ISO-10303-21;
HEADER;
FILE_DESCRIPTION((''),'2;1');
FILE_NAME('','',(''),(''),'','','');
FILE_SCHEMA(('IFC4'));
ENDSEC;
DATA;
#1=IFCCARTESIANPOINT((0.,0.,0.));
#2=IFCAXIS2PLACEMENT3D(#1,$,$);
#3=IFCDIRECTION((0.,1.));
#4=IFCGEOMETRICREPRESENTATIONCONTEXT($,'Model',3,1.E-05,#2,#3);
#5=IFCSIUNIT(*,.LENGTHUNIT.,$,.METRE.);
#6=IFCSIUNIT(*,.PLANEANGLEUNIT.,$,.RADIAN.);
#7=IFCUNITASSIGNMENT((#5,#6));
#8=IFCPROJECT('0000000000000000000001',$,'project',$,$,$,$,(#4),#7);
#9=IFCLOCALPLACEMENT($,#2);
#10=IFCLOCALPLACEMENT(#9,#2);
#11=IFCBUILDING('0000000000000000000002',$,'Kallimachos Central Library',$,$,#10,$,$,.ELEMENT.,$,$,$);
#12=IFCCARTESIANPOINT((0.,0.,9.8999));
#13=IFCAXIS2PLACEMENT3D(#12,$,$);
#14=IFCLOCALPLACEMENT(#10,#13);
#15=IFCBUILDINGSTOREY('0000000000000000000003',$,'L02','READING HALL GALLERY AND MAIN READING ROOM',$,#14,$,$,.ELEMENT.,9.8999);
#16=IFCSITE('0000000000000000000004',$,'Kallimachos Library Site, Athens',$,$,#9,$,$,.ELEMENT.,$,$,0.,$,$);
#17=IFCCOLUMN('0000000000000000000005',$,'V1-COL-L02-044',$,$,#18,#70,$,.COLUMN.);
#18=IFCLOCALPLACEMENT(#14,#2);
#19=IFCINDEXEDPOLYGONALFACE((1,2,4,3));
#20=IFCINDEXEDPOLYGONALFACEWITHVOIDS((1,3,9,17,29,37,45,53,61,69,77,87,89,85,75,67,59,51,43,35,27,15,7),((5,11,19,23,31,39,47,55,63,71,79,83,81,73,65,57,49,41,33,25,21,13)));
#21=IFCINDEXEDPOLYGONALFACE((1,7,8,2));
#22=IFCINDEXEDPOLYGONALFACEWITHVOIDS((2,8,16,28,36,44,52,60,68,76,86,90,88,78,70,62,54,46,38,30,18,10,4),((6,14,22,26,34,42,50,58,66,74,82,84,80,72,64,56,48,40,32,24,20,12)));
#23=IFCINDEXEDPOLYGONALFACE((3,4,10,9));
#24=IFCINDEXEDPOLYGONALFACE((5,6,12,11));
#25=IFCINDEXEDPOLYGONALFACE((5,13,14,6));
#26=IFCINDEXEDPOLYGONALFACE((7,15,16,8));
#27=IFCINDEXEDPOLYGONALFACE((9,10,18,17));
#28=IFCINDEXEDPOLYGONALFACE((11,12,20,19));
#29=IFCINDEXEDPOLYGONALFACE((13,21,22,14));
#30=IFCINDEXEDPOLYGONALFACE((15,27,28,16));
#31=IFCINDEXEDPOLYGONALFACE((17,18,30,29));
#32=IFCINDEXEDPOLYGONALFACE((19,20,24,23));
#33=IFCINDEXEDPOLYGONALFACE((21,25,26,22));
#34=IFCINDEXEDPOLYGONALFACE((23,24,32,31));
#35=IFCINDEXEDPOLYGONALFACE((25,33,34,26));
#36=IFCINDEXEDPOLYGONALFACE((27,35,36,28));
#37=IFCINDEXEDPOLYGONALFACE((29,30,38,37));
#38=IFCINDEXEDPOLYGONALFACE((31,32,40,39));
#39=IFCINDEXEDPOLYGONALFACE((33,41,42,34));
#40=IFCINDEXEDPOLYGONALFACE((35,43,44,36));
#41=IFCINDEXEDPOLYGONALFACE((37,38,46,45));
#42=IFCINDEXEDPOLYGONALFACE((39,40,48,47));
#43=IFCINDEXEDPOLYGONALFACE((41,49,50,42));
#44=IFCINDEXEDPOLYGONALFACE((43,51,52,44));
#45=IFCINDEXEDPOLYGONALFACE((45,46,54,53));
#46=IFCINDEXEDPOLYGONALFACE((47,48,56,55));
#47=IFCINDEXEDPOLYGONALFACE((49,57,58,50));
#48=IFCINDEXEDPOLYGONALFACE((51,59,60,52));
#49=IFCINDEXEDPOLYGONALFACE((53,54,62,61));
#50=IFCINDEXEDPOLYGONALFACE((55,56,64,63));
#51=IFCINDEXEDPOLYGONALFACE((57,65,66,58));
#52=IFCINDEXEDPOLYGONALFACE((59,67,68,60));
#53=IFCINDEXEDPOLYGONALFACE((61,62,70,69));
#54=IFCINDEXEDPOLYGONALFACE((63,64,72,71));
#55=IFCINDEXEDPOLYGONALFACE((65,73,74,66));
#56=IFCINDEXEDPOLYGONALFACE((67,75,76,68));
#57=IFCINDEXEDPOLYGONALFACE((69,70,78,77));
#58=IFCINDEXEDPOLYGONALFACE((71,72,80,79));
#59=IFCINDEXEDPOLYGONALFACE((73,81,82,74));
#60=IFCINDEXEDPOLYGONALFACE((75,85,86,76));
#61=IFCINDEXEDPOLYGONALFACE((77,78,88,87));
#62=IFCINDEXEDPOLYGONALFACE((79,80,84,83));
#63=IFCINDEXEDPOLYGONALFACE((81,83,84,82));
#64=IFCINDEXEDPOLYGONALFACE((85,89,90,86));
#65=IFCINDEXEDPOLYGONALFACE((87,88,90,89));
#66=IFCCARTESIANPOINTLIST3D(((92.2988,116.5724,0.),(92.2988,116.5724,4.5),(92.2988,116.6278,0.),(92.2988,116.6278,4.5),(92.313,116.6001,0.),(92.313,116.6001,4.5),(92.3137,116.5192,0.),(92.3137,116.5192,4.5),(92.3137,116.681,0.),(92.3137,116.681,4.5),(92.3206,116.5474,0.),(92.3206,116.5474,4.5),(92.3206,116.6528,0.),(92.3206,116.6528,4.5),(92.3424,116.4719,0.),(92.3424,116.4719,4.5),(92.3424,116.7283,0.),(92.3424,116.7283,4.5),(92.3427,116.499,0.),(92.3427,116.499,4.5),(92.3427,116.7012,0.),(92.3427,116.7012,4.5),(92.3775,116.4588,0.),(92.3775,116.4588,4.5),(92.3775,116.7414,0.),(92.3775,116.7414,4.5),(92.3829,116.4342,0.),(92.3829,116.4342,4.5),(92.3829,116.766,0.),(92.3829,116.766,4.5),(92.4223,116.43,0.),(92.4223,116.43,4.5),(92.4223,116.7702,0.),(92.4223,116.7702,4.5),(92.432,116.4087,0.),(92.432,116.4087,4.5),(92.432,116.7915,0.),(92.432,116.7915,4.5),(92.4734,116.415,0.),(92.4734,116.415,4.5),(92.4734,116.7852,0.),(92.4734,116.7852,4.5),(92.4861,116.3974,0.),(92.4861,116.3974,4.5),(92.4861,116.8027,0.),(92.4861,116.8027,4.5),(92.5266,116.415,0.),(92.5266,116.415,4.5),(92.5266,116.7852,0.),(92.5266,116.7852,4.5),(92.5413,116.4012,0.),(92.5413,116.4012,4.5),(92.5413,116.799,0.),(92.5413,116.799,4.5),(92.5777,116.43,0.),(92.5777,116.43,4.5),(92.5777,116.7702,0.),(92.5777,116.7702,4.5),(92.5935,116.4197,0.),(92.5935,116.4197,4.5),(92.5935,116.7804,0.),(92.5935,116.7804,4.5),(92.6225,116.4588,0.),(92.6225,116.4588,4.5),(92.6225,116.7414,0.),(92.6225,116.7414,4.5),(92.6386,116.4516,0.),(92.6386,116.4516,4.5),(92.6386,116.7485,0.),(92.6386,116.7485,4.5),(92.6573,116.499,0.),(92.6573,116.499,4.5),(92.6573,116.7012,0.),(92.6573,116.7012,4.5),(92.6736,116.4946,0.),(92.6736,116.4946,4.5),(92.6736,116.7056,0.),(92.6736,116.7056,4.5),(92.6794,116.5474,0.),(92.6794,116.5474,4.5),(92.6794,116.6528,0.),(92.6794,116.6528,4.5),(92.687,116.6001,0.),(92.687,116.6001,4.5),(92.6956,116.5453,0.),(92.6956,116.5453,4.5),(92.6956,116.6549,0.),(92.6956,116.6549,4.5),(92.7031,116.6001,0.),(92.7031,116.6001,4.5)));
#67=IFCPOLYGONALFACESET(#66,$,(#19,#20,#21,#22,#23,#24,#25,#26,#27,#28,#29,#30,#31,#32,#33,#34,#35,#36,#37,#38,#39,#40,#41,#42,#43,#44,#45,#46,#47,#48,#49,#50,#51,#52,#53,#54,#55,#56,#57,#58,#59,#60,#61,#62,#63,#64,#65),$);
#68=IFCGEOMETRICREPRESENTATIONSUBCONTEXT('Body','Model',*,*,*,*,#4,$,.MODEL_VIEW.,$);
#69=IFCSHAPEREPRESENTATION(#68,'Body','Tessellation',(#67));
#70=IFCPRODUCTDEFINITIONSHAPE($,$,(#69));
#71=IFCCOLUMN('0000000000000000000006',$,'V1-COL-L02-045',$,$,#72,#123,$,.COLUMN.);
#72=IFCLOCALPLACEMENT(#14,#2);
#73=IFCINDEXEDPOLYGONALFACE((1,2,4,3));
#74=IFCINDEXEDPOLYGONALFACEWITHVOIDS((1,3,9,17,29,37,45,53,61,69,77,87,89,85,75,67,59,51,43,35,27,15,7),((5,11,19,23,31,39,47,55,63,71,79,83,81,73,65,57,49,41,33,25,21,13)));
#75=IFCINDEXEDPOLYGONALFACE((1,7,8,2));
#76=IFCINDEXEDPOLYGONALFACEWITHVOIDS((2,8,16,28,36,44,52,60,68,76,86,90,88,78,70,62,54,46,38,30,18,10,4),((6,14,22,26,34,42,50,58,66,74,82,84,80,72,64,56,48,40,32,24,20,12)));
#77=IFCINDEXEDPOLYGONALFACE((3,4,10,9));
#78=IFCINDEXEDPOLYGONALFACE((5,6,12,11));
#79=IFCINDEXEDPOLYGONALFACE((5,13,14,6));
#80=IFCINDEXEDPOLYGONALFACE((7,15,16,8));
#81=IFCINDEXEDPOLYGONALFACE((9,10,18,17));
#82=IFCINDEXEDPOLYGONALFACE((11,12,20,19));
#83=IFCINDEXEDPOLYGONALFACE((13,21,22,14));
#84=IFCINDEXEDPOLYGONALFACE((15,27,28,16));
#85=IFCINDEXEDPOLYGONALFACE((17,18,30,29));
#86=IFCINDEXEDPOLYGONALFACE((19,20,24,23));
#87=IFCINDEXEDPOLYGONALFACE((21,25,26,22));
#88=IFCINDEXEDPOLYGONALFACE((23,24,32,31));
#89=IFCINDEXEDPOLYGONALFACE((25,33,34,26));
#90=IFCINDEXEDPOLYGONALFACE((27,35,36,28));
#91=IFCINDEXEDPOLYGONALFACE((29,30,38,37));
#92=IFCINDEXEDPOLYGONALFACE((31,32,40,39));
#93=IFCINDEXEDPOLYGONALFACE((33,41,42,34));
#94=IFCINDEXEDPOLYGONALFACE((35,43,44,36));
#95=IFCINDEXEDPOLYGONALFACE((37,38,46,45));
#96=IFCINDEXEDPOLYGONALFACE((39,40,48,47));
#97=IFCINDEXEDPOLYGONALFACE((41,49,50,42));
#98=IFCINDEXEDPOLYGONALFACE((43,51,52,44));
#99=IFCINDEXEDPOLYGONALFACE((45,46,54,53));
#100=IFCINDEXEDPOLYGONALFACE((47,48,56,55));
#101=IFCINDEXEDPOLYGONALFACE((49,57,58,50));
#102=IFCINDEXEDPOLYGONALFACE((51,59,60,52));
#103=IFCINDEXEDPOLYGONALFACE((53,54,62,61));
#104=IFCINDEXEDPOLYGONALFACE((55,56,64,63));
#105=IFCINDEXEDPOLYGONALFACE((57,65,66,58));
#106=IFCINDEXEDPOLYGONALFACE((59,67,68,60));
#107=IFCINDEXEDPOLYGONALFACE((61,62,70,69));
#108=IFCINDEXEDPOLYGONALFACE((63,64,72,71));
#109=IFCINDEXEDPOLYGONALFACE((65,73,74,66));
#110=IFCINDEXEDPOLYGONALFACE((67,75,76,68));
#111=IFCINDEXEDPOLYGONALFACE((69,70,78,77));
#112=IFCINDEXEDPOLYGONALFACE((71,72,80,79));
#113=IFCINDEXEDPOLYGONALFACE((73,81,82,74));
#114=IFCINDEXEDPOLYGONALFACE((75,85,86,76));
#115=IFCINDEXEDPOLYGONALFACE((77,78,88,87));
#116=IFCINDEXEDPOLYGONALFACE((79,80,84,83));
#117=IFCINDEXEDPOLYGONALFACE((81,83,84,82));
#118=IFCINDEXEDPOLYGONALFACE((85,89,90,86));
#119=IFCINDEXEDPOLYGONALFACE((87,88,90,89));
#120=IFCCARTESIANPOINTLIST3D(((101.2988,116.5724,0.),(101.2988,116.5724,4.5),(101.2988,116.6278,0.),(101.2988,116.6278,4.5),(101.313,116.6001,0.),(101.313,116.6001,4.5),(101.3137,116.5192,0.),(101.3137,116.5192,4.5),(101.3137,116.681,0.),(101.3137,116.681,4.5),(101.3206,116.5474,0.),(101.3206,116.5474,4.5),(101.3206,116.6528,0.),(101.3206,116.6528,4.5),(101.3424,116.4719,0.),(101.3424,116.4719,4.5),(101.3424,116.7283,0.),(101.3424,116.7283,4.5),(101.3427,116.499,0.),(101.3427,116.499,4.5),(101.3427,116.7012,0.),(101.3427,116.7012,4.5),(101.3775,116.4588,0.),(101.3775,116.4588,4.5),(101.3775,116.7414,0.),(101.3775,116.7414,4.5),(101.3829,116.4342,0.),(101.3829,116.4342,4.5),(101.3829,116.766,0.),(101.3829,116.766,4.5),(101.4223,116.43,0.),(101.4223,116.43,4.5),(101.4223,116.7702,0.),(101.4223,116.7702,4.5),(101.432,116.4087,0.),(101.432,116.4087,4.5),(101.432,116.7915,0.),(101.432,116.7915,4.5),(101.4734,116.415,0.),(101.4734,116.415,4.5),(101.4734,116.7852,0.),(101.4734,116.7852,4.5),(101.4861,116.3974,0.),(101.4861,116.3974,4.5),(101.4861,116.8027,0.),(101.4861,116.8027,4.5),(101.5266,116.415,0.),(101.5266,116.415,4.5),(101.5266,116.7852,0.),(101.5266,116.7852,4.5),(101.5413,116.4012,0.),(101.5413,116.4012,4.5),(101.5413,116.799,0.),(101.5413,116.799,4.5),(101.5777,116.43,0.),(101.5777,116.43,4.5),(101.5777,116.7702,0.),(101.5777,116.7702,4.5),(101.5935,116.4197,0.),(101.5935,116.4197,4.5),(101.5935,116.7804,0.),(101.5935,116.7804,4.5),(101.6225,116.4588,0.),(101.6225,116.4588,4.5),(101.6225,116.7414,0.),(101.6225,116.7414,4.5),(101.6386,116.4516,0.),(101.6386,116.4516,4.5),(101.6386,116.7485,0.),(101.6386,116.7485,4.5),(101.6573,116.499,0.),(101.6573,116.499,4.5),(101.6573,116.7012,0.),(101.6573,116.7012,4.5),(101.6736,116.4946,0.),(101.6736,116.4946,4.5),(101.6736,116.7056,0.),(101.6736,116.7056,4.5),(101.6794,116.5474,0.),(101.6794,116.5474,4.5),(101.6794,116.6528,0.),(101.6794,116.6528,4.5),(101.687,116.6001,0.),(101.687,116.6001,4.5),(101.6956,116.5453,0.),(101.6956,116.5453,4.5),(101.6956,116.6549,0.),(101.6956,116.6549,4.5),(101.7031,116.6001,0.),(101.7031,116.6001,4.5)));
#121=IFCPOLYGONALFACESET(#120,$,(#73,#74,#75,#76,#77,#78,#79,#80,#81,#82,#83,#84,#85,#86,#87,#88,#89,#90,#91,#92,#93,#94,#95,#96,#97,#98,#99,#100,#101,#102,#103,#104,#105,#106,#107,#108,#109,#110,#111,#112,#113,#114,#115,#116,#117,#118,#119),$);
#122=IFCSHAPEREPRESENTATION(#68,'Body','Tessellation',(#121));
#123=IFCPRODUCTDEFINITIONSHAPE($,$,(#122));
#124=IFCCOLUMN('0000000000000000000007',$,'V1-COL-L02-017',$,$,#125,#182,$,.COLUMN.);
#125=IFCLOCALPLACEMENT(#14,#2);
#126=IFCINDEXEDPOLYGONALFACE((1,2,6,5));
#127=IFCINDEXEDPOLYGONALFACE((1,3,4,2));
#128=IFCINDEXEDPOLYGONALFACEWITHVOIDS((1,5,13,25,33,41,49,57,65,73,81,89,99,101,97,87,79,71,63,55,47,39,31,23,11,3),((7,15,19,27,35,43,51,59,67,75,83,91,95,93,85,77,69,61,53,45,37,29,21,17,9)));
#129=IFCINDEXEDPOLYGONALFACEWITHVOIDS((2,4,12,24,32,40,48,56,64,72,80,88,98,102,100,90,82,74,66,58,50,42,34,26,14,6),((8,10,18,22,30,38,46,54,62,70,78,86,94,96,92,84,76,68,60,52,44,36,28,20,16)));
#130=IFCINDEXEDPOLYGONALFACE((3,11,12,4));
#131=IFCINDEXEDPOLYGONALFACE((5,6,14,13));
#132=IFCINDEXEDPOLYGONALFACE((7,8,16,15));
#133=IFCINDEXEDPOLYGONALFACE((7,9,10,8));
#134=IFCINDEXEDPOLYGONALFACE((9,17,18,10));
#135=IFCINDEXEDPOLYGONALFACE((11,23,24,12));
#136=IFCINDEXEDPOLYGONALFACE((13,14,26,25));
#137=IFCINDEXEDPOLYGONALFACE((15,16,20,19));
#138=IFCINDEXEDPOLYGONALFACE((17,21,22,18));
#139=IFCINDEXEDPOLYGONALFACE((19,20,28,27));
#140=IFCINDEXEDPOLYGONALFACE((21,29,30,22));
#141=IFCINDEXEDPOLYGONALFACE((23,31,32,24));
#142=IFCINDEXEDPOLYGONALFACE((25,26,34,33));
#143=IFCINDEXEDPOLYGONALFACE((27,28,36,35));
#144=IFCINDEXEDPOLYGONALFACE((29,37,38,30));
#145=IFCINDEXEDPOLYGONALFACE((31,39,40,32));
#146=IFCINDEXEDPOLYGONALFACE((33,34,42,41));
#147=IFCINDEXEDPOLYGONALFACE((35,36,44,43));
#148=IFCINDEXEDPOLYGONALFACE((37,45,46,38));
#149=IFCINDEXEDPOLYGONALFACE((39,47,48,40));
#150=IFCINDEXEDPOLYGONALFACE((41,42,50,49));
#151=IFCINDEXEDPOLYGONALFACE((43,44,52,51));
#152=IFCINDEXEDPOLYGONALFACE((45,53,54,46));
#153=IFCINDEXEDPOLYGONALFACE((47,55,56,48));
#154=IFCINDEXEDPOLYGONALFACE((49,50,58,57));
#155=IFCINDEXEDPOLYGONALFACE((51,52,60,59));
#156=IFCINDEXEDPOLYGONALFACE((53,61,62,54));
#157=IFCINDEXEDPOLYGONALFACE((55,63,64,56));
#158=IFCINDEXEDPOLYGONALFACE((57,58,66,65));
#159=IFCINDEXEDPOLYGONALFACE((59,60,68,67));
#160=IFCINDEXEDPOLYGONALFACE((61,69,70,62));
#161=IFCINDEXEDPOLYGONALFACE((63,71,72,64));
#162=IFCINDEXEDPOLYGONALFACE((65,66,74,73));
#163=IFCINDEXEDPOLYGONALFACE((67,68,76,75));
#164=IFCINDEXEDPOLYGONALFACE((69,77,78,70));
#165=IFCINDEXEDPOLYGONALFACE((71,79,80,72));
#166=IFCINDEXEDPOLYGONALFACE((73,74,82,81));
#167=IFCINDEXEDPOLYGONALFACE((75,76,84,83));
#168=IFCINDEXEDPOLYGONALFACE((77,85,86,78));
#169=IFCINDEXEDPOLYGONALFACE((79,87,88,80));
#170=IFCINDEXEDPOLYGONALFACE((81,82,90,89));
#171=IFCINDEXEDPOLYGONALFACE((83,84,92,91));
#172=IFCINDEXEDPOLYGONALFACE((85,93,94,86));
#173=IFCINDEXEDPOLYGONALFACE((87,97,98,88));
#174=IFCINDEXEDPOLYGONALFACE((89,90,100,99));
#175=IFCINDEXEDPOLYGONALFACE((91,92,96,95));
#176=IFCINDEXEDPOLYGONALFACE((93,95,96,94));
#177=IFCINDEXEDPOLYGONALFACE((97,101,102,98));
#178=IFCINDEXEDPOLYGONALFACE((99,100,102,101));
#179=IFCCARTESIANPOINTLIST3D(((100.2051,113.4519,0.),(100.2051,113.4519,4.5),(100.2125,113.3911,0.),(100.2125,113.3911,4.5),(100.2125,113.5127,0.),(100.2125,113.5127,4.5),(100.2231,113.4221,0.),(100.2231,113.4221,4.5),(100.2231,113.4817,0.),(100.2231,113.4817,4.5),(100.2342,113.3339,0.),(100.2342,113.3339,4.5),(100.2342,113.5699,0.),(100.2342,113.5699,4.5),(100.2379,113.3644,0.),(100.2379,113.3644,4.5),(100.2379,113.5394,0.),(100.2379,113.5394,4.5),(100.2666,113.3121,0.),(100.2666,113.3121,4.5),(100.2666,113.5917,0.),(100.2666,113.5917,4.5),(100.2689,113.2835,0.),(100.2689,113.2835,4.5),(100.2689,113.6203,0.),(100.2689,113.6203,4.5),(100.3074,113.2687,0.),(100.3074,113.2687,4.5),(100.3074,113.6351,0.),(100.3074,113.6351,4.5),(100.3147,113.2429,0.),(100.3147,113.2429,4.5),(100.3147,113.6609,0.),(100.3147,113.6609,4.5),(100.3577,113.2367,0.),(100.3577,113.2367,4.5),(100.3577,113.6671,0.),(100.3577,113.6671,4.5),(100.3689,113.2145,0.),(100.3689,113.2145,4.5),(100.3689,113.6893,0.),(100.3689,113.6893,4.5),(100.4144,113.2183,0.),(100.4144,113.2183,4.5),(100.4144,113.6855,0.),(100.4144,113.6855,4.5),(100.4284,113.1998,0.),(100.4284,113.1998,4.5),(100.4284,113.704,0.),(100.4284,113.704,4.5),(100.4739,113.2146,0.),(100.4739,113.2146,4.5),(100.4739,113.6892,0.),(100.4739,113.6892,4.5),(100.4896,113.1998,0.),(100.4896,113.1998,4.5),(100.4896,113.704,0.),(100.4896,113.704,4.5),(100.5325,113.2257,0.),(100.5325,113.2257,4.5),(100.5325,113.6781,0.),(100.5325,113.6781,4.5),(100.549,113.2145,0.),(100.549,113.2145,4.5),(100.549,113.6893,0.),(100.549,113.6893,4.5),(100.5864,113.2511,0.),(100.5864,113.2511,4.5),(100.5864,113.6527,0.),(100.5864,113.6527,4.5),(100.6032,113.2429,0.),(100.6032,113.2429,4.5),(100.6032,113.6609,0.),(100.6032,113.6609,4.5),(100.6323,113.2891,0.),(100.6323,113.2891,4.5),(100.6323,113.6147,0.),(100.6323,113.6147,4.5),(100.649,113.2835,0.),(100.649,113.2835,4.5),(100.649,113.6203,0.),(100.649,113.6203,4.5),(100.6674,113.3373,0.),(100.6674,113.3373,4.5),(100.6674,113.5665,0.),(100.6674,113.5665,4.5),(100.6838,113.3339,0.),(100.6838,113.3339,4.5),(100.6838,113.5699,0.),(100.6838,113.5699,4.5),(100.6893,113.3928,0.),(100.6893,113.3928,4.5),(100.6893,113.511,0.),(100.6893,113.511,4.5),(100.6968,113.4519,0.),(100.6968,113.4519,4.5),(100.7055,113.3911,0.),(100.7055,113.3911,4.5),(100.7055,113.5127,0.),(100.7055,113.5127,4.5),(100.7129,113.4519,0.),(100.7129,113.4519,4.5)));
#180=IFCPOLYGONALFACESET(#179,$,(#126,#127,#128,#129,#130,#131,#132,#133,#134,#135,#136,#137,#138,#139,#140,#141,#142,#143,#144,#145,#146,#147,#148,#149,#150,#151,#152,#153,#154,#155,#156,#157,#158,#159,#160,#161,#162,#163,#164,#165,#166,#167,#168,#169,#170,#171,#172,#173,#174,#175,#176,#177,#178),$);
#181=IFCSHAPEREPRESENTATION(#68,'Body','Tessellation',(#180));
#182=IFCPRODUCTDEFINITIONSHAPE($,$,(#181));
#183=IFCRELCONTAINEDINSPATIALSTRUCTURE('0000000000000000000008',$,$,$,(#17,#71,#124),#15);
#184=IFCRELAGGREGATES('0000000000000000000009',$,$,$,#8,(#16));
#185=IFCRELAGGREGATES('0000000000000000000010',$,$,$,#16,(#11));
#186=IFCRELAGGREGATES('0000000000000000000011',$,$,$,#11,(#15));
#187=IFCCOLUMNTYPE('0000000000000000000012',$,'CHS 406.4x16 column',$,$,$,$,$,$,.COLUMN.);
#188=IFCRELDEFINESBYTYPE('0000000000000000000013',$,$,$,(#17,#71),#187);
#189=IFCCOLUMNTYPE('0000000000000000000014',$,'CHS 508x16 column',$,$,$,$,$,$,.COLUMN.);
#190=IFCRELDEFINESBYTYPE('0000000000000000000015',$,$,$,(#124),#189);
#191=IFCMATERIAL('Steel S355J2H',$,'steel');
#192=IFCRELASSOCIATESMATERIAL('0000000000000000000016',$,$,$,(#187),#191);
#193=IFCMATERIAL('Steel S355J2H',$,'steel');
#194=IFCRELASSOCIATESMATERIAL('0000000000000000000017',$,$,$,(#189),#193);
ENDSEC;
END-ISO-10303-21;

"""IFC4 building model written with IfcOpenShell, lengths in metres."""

from ifc_helpers import new_model, si_unit, direction, frame, origin, origin_2d, place, context, subcontext, project, spatial, hollow_circle, extrude, material, material_profile, profile_set, type_object, element, save


model = new_model("IFC4")

# Units and contexts
model_context = context("Model", 3, precision=1e-05, world=origin(), true_north=direction((0.0, 1.0)))
body_context = subcontext(model_context, "Body", "Model", "MODEL_VIEW")
ifc_project = project(units=[si_unit("LENGTHUNIT", "METRE"), si_unit("PLANEANGLEUNIT", "RADIAN")], contexts=[model_context])

# Site, building, storey
site_placement = place(None, origin())
site = spatial("IfcSite", under=ifc_project, at=site_placement, Name="Kallimachos Library Site, Athens", CompositionType="ELEMENT", RefElevation=0.0)
building_placement = place(site_placement, origin())
building = spatial("IfcBuilding", under=site, at=building_placement, Name="Kallimachos Central Library", CompositionType="ELEMENT")
storey_placement = place(building_placement, frame((0.0, 0.0, 9.8999)))
storey = spatial("IfcBuildingStorey", under=building, at=storey_placement, Name="L02", Description="READING HALL GALLERY AND MAIN READING ROOM", CompositionType="ELEMENT", Elevation=9.8999)

# Columns
ifc_material_1 = material(Name="Steel S355J2H", Category="steel")
ifc_material_profile_1 = material_profile(ifc_material_1, hollow_circle(Radius=0.2031, WallThickness=0.0161, at=origin_2d()), Name="CHS 406.4x16")
ifc_profile_set_1 = profile_set([ifc_material_profile_1], Name="Steel S355J2H")
column_type_1 = type_object("IfcColumnType", Name="CHS 406.4x16 column", PredefinedType="COLUMN", material=ifc_profile_set_1)
for number, where, z_axis, x_axis, name in (
    (1, (92.5, 116.6001, 0.0), (0.0, 0.0, 1.0), (1.0, 0.0, 0.0), "V1-COL-L02-044"),
    (2, (101.5, 116.6001, 0.0), (0.0, 0.0, 1.0), (1.0, 0.0, 0.0), "V1-COL-L02-045"),
):
    element("IfcColumn", number, at=place(storey_placement, frame(where, z_axis=z_axis, x_axis=x_axis)), inside=storey, type_object=column_type_1, Name=name, PredefinedType="COLUMN", context=body_context, shape_type="SweptSolid", body=[
        extrude(hollow_circle(Radius=0.2031, WallThickness=0.0161, at=origin_2d()), origin(), (0.0, 0.0, 1.0), 4.5),
    ])
ifc_material_2 = material(Name="Steel S355J2H", Category="steel")
ifc_material_profile_2 = material_profile(ifc_material_2, hollow_circle(Radius=0.2539, WallThickness=0.0161, at=origin_2d()), Name="CHS 508x16")
ifc_profile_set_2 = profile_set([ifc_material_profile_2], Name="Steel S355J2H")
column_type_2 = type_object("IfcColumnType", Name="CHS 508x16 column", PredefinedType="COLUMN", material=ifc_profile_set_2)
for number, where, z_axis, x_axis, name in (
    (3, (100.459, 113.4519, 0.0), (0.0, 0.0, 1.0), (1.0, 0.0, 0.0), "V1-COL-L02-017"),
):
    element("IfcColumn", number, at=place(storey_placement, frame(where, z_axis=z_axis, x_axis=x_axis)), inside=storey, type_object=column_type_2, Name=name, PredefinedType="COLUMN", context=body_context, shape_type="SweptSolid", body=[
        extrude(hollow_circle(Radius=0.2539, WallThickness=0.0161, at=origin_2d()), origin(), (0.0, 0.0, 1.0), 4.5),
    ])

save(model, "model.ifc")
